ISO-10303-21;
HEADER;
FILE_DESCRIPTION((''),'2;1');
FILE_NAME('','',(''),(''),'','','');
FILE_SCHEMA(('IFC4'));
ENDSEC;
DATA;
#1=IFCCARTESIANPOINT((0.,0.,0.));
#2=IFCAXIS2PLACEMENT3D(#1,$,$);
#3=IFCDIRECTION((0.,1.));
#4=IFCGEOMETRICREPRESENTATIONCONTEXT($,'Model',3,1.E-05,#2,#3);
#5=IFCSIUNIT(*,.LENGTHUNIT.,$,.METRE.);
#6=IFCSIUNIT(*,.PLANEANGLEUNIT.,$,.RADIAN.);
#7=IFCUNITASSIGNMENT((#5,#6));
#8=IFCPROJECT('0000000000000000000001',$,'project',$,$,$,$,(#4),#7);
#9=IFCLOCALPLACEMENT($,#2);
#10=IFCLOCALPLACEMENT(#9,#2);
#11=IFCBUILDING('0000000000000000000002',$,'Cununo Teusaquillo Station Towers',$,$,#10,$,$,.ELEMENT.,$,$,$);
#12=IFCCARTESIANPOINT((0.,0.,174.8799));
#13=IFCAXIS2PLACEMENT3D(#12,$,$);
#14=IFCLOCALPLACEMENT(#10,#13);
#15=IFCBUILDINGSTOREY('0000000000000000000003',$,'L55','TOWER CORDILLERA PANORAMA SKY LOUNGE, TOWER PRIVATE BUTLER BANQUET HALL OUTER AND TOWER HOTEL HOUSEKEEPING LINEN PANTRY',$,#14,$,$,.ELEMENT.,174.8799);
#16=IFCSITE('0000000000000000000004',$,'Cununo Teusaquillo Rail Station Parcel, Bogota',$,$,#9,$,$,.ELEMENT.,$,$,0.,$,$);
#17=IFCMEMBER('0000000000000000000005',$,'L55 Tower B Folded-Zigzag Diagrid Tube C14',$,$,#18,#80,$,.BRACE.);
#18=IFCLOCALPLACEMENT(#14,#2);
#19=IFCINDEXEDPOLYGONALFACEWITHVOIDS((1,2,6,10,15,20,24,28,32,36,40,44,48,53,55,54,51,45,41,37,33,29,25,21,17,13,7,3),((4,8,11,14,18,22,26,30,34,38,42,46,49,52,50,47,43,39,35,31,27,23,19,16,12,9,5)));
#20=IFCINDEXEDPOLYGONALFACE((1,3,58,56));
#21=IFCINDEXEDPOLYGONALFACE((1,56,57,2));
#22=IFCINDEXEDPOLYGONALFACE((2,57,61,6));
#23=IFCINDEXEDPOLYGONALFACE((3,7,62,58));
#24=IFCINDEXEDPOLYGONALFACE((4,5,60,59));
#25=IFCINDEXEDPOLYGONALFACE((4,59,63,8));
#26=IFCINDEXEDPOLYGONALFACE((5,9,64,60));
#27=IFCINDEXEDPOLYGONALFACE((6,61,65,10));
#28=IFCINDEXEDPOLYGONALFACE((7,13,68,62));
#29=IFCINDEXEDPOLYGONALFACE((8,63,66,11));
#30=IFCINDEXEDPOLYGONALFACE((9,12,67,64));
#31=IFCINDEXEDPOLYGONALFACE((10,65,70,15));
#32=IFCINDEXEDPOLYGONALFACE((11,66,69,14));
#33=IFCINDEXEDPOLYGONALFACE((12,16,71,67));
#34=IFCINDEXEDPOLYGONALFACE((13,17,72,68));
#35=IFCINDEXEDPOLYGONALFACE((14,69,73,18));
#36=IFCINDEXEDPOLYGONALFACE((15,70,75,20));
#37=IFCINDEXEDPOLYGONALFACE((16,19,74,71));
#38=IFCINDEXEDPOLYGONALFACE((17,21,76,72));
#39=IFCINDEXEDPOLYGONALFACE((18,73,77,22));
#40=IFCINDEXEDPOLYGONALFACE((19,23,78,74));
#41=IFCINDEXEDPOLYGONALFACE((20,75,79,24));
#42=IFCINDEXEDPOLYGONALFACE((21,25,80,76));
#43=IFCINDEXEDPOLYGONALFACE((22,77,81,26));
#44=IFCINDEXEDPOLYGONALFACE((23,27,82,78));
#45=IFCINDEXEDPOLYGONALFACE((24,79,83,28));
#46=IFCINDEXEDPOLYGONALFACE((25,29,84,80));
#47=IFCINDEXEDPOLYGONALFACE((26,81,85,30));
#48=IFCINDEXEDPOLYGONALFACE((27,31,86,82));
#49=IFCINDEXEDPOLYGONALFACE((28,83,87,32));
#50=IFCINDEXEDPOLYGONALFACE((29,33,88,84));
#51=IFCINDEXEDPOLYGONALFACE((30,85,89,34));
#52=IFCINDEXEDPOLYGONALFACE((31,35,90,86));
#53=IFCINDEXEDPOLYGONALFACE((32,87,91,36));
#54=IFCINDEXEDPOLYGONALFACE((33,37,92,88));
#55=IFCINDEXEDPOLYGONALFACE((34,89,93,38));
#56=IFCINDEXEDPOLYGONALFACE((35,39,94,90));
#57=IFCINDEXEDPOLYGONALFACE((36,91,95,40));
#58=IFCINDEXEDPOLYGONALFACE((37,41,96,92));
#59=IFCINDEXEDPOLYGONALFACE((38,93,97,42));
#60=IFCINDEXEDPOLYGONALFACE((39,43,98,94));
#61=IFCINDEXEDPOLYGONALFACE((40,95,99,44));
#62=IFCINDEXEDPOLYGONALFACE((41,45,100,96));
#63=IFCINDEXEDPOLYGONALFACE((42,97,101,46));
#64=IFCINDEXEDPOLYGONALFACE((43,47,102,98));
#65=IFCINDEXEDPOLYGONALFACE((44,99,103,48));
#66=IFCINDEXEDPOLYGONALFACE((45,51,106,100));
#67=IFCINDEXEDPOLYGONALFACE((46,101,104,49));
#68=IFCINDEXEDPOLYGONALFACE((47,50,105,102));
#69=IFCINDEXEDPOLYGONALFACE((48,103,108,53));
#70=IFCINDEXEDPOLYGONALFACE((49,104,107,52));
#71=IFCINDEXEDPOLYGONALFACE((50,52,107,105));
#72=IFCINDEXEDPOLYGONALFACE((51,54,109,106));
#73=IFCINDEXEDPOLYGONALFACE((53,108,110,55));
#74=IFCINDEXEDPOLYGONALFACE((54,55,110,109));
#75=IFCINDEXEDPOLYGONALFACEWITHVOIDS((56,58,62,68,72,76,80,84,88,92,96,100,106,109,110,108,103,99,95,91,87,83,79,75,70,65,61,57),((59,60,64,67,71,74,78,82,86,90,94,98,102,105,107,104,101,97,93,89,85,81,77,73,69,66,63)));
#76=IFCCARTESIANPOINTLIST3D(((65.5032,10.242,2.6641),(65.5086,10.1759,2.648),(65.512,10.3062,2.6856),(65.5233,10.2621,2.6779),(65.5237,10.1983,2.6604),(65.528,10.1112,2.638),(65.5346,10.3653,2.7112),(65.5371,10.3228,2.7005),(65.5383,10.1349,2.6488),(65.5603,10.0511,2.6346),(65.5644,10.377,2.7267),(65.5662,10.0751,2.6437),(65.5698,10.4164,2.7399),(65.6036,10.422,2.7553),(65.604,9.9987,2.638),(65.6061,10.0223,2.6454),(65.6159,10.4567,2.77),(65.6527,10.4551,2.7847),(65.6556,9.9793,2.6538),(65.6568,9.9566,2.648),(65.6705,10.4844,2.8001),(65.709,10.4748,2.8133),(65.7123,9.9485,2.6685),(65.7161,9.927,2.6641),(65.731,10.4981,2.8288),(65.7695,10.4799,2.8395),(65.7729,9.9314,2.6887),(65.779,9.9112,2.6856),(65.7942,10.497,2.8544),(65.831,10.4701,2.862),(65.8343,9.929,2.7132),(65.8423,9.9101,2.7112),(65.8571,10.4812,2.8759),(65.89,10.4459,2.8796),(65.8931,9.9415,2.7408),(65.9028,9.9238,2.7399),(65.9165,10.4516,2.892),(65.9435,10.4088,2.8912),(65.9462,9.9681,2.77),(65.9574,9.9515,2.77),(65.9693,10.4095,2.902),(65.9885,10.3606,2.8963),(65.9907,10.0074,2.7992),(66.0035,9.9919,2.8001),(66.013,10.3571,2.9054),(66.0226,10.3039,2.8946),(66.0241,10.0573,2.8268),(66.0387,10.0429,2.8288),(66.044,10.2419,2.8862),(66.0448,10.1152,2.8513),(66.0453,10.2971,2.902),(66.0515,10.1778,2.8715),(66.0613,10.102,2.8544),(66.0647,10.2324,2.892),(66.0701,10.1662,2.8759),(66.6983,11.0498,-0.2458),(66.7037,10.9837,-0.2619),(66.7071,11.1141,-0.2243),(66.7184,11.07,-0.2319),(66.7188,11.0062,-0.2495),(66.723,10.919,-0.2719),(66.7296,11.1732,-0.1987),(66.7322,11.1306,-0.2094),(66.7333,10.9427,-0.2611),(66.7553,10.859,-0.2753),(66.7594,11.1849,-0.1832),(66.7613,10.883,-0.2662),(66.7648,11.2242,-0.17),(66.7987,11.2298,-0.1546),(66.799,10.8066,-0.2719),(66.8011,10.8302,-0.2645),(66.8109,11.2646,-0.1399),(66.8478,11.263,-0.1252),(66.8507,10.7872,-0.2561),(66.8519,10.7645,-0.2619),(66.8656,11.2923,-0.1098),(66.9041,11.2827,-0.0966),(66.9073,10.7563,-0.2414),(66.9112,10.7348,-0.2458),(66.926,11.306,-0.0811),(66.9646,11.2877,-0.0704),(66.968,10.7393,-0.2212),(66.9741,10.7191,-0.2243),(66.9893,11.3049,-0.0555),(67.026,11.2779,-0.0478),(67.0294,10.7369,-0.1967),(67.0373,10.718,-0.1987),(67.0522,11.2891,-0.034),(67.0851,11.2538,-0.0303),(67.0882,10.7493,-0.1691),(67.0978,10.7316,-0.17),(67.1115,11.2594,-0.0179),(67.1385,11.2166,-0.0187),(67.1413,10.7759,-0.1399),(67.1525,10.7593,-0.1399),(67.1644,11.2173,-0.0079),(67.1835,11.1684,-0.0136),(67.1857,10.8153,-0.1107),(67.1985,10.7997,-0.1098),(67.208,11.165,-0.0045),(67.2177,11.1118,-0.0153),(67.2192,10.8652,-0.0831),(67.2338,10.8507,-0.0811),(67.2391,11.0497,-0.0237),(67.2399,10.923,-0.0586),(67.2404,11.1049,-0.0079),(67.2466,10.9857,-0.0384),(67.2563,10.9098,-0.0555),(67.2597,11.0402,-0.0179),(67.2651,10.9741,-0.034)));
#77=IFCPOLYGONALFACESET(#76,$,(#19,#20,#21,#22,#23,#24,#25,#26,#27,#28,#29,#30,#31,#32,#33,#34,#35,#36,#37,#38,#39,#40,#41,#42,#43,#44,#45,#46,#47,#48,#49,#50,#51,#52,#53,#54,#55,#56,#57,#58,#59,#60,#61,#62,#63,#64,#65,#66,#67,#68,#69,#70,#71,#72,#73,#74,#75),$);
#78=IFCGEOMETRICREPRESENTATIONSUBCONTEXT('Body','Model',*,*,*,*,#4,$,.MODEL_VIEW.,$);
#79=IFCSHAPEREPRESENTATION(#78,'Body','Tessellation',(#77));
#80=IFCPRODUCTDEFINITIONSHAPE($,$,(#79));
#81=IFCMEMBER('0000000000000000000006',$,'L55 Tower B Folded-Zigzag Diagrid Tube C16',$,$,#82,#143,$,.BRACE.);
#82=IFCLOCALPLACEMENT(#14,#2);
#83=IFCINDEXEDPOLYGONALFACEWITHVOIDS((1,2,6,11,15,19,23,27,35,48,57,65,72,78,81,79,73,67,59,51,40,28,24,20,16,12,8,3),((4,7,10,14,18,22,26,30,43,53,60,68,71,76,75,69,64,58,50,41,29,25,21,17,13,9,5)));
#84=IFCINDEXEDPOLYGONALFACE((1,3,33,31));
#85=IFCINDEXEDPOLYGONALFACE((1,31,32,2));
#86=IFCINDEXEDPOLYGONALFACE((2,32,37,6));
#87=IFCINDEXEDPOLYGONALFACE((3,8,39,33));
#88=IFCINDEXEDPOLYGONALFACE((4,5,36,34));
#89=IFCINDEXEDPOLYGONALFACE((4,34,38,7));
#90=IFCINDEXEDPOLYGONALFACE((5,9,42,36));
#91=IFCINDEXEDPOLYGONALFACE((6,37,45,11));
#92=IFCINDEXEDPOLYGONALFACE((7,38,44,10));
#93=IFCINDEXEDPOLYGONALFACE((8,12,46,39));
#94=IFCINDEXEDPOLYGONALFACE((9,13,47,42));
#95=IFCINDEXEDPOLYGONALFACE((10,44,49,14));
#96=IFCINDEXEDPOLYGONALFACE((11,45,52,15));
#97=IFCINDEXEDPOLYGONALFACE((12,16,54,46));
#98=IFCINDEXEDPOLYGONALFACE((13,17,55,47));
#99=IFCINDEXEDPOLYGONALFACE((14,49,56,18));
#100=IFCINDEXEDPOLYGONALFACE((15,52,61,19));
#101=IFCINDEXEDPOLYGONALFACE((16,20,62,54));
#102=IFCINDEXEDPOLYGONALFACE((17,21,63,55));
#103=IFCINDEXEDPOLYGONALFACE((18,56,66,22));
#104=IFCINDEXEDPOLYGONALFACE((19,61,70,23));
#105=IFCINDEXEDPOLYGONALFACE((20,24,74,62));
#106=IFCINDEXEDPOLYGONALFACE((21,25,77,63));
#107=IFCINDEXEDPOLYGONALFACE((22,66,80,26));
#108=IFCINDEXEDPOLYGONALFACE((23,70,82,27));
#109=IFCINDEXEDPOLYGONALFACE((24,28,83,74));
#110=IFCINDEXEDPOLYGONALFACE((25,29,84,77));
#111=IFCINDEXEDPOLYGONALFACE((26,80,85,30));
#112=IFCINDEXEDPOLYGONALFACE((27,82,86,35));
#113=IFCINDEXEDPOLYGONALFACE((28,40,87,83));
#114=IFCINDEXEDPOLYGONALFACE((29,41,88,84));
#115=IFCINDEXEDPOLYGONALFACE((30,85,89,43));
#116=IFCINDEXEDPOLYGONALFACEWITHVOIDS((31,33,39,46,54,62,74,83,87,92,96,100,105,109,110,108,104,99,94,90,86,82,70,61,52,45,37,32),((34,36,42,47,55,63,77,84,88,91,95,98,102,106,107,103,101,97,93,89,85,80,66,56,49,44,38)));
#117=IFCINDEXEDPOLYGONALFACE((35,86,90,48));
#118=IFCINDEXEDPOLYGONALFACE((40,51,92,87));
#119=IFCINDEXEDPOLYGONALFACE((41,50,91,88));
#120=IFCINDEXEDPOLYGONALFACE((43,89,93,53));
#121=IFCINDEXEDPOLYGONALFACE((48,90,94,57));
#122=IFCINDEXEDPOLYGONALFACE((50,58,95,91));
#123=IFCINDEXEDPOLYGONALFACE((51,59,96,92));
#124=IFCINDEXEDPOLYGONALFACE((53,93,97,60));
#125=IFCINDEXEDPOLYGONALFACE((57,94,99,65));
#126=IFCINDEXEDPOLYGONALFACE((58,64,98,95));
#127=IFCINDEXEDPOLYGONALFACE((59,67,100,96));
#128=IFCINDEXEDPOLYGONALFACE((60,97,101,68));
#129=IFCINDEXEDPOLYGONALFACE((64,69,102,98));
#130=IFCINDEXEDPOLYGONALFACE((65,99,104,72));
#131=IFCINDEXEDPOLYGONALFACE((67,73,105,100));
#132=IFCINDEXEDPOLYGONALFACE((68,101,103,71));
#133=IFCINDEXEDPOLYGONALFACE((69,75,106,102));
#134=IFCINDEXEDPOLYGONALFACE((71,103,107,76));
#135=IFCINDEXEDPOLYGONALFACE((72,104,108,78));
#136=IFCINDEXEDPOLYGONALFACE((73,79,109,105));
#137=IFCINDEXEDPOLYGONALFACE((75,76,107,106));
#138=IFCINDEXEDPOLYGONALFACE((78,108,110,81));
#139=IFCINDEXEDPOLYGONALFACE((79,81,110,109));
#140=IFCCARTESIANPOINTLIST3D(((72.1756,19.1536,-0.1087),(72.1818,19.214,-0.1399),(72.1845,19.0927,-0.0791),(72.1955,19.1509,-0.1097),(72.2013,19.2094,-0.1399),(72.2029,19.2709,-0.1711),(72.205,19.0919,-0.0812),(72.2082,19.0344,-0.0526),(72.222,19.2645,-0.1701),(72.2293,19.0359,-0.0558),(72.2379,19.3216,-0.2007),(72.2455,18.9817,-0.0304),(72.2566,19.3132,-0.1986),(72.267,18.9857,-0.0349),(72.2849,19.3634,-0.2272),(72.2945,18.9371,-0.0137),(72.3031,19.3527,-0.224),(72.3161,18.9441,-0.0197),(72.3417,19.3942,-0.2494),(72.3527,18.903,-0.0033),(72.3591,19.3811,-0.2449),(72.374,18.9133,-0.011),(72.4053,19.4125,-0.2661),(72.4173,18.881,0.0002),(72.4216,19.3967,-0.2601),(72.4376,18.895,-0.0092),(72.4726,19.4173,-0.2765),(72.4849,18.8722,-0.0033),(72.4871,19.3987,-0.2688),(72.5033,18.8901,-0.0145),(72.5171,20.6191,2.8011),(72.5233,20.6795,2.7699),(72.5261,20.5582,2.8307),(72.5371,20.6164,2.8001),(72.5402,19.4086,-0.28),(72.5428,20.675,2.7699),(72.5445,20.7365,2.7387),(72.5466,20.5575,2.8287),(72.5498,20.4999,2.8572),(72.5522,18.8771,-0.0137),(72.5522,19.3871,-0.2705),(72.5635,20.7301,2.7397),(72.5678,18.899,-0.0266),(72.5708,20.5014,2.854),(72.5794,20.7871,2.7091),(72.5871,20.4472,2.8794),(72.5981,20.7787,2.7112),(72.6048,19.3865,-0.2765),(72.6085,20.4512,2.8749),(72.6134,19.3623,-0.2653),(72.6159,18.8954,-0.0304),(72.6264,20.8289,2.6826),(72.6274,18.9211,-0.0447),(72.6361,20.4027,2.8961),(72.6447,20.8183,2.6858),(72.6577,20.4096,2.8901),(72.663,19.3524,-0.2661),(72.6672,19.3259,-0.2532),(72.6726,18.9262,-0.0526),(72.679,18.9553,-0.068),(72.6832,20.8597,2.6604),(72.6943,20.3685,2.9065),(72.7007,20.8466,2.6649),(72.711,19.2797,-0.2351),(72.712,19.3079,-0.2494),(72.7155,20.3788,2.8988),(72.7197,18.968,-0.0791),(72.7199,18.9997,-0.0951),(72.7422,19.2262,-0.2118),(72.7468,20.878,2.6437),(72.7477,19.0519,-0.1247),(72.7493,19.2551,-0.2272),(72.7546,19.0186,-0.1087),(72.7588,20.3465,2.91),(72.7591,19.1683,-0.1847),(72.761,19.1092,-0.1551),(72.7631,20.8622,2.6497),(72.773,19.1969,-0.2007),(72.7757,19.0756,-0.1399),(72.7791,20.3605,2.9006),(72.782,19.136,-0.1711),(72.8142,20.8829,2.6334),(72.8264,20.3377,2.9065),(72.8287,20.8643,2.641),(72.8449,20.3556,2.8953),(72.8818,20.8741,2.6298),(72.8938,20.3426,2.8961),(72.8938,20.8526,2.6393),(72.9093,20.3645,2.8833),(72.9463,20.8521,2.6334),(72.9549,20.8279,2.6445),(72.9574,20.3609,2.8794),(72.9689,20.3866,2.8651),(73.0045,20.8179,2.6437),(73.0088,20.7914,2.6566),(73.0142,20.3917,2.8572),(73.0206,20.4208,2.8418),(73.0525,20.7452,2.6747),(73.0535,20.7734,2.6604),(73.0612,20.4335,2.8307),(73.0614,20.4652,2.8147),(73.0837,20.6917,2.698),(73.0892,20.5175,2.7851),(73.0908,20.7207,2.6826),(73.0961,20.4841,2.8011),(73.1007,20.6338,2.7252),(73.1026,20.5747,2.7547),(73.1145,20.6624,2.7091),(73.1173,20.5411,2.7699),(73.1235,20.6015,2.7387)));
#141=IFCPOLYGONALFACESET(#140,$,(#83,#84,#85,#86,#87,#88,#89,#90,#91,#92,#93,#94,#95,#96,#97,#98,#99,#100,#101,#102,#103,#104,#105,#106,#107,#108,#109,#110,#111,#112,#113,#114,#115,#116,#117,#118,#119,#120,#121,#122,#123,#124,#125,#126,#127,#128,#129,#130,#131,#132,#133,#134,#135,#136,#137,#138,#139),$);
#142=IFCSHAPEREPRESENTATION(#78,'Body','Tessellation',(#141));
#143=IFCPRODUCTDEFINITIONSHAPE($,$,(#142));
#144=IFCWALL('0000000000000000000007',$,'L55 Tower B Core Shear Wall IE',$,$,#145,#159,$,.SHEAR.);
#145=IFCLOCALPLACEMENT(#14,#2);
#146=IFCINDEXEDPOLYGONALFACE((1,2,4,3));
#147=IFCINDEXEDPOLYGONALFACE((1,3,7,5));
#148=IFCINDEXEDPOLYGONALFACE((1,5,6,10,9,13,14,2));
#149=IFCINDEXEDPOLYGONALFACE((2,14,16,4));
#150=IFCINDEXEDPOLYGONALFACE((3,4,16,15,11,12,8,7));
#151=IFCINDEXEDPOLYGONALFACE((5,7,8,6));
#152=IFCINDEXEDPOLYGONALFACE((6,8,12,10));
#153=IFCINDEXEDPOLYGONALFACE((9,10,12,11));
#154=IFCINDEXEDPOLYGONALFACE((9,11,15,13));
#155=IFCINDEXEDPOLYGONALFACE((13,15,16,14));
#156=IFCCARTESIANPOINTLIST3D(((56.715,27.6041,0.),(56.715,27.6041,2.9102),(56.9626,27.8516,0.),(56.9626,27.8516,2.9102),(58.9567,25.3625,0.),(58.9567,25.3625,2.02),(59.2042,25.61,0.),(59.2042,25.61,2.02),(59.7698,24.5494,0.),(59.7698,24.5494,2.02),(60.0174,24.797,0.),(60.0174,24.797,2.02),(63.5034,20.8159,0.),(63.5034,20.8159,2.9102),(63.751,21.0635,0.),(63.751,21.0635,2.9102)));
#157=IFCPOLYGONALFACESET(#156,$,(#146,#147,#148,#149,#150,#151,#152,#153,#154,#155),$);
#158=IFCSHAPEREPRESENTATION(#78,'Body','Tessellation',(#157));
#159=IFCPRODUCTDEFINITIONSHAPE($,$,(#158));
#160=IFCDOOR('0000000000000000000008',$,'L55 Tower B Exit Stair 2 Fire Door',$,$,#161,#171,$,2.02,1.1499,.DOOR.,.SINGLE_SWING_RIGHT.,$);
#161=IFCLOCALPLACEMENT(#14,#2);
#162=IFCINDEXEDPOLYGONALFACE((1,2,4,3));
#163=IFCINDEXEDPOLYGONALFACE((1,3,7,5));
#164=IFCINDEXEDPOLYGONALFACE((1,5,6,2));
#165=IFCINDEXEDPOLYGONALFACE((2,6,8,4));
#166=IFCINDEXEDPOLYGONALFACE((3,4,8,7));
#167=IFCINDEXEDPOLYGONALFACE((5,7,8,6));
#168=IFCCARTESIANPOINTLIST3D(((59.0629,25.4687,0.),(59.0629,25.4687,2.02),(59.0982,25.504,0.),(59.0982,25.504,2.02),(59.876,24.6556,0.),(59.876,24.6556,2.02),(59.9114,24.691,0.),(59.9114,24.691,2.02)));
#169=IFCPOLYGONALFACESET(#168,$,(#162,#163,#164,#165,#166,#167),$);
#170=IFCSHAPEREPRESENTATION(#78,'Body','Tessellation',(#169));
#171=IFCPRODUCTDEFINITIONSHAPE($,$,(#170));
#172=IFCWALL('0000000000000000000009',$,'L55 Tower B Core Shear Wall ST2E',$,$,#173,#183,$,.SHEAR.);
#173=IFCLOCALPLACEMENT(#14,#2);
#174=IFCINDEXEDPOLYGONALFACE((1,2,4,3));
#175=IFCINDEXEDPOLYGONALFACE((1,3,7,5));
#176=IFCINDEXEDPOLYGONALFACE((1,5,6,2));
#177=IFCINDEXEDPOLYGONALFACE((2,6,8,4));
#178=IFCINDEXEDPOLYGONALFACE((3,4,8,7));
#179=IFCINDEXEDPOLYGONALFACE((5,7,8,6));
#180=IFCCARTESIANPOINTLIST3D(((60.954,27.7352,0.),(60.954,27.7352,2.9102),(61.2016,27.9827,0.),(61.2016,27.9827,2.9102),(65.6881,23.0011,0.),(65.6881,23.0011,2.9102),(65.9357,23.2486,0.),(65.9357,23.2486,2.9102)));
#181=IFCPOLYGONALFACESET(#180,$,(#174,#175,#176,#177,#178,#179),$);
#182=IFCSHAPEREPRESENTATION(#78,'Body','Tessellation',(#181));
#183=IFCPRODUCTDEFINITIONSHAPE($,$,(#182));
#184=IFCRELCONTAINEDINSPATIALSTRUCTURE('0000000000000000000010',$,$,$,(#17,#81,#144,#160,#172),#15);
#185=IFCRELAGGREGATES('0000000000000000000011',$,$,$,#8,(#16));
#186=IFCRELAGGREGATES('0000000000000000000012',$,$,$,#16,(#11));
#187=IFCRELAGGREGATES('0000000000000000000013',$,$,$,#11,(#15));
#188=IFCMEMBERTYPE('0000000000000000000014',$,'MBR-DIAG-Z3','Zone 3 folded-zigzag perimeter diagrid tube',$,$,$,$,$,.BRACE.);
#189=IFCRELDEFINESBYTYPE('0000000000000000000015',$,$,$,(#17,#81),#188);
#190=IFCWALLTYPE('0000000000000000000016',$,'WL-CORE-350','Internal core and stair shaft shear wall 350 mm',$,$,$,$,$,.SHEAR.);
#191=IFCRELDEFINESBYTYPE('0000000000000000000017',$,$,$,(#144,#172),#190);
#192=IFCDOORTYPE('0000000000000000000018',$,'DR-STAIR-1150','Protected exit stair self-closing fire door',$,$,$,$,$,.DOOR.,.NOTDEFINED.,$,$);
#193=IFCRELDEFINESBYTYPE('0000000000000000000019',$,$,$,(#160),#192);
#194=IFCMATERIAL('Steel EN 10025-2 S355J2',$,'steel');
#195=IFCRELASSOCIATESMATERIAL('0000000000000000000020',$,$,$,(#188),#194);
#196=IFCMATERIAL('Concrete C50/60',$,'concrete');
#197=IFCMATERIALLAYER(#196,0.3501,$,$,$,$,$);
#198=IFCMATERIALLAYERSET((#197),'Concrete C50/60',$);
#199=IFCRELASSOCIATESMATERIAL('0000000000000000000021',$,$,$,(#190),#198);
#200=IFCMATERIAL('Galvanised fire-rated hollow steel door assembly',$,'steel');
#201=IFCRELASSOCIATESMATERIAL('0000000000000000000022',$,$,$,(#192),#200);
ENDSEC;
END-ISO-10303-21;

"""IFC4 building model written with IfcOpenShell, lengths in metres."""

from ifc_helpers import new_model, si_unit, direction, frame, frame_2d, origin, origin_2d, place, context, subcontext, project, spatial, rectangle, hollow_circle, extrude, source, transform, mapped, material, layer, layer_set, material_profile, profile_set, type_object, element, fill, save


model = new_model("IFC4")

# Units and contexts
model_context = context("Model", 3, precision=1e-05, world=origin(), true_north=direction((0.0, 1.0)))
body_context = subcontext(model_context, "Body", "Model", "MODEL_VIEW")
ifc_project = project(units=[si_unit("LENGTHUNIT", "METRE"), si_unit("PLANEANGLEUNIT", "RADIAN")], contexts=[model_context])

# Site, building, storey
site_placement = place(None, origin())
site = spatial("IfcSite", under=ifc_project, at=site_placement, Name="Cununo Teusaquillo Rail Station Parcel, Bogota", CompositionType="ELEMENT", RefElevation=0.0)
building_placement = place(site_placement, origin())
building = spatial("IfcBuilding", under=site, at=building_placement, Name="Cununo Teusaquillo Station Towers", CompositionType="ELEMENT")
storey_placement = place(building_placement, frame((0.0, 0.0, 174.8799)))
storey = spatial("IfcBuildingStorey", under=building, at=storey_placement, Name="L55", Description="TOWER CORDILLERA PANORAMA SKY LOUNGE, TOWER PRIVATE BUTLER BANQUET HALL OUTER AND TOWER HOTEL HOUSEKEEPING LINEN PANTRY", CompositionType="ELEMENT", Elevation=174.8799)

# Members
ifc_material_1 = material(Name="Steel EN 10025-2 S355J2", Category="steel")
ifc_material_profile_1 = material_profile(ifc_material_1, hollow_circle(Radius=0.3049, WallThickness=0.02, at=origin_2d()), Name="CHS 610x20")
ifc_profile_set_1 = profile_set([ifc_material_profile_1], Name="Steel EN 10025-2 S355J2")
member_type = type_object("IfcMemberType", Name="MBR-DIAG-Z3", Description="Zone 3 folded-zigzag perimeter diagrid tube", PredefinedType="BRACE", material=ifc_profile_set_1)
member_1_placement = place(storey_placement, frame((66.9817, 11.012, -0.1399), z_axis=(-0.367959, -0.248739, 0.895955), x_axis=(0.56004, -0.828466, 0.0)))
element("IfcMember", 1, at=member_1_placement, inside=storey, type_object=member_type, Name="L55 Tower B Folded-Zigzag Diagrid Tube C14", PredefinedType="BRACE", context=body_context, shape_type="SweptSolid", body=[
    extrude(hollow_circle(Radius=0.3049, WallThickness=0.02, at=origin_2d()), origin(), (0.0, 0.0, 1.0), 3.2478),
])
member_2_placement = place(storey_placement, frame((72.4788, 19.1448, -0.1399), z_axis=(0.104259, 0.447368, 0.888252), x_axis=(-0.973902, 0.226968, 0.0)))
element("IfcMember", 2, at=member_2_placement, inside=storey, type_object=member_type, Name="L55 Tower B Folded-Zigzag Diagrid Tube C16", PredefinedType="BRACE", context=body_context, shape_type="SweptSolid", body=[
    extrude(hollow_circle(Radius=0.3049, WallThickness=0.02, at=origin_2d()), origin(), (0.0, 0.0, 1.0), 3.2759),
])

# Wall, opening, door
ifc_material_2 = material(Name="Concrete C50/60", Category="concrete")
ifc_layer_1 = layer(ifc_material_2, 0.3501)
ifc_layer_set_1 = layer_set([ifc_layer_1], Name="Concrete C50/60")
wall_type_1 = type_object("IfcWallType", Name="WL-CORE-350", Description="Internal core and stair shaft shear wall 350 mm", PredefinedType="SHEAR", material=ifc_layer_set_1)
wall_1_placement = place(storey_placement, frame((63.6272, 20.9397, 0.0), z_axis=(0.0, 0.0, 1.0), x_axis=(-0.707119, 0.707094, 0.0)))
wall_1 = element("IfcWall", 3, at=wall_1_placement, inside=storey, type_object=wall_type_1, Name="L55 Tower B Core Shear Wall IE", PredefinedType="SHEAR", context=body_context, shape_type="SweptSolid", body=[
    extrude(rectangle(XDim=9.6001, YDim=0.3501, at=frame_2d((4.8, 0.0))), origin(), (0.0, 0.0, 1.0), 2.9102),
])
shared_shape_1 = source(origin(), body_context, "Body", "SweptSolid", [
    extrude(rectangle(XDim=1.1499, YDim=2.02, at=frame_2d((0.575, 1.01))), frame((0.0, 0.1851, 0.0), z_axis=(0.0, -1.0, 0.0), x_axis=(1.0, 0.0, 0.0)), (0.0, 0.0, 1.0), 0.3701),
])
opening_1_placement = place(wall_1_placement, frame((5.28, 0.0, 0.0)))
opening_1 = element("IfcOpeningElement", 4, at=opening_1_placement, cuts=wall_1, PredefinedType="OPENING", context=body_context, shape_type="MappedRepresentation", body=[
    mapped(shared_shape_1, transform((0.0, 0.0, 0.0), x_axis=(1.0, 0.0, 0.0), y_axis=(0.0, 1.0, 0.0), z_axis=(0.0, 0.0, 1.0), scale=1.0)),
])
ifc_material_3 = material(Name="Galvanised fire-rated hollow steel door assembly", Category="steel")
door_type_1 = type_object("IfcDoorType", Name="DR-STAIR-1150", Description="Protected exit stair self-closing fire door", OperationType="NOTDEFINED", PredefinedType="DOOR", material=ifc_material_3)
shared_shape_2 = source(origin(), body_context, "Body", "SweptSolid", [
    extrude(rectangle(XDim=1.1499, YDim=2.02, at=frame_2d((0.575, 1.01))), frame((0.0, 0.0249, 0.0), z_axis=(0.0, -1.0, 0.0), x_axis=(1.0, 0.0, 0.0)), (0.0, 0.0, 1.0), 0.05),
])
door_1_placement = place(opening_1_placement, origin())
door_1 = element("IfcDoor", 5, at=door_1_placement, inside=storey, type_object=door_type_1, Name="L55 Tower B Exit Stair 2 Fire Door", OperationType="SINGLE_SWING_RIGHT", OverallHeight=2.02, OverallWidth=1.1499, PredefinedType="DOOR", context=body_context, shape_type="MappedRepresentation", body=[
    mapped(shared_shape_2, transform((0.0, 0.0, 0.0), x_axis=(1.0, 0.0, 0.0), y_axis=(0.0, 1.0, 0.0), z_axis=(0.0, 0.0, 1.0), scale=1.0)),
])
fill(opening_1, door_1)

# Wall
wall_2_placement = place(storey_placement, frame((65.812, 23.1248, 0.0), z_axis=(0.0, 0.0, 1.0), x_axis=(-0.707107, 0.707107, 0.0)))
element("IfcWall", 6, at=wall_2_placement, inside=storey, type_object=wall_type_1, Name="L55 Tower B Core Shear Wall ST2E", PredefinedType="SHEAR", context=body_context, shape_type="SweptSolid", body=[
    extrude(rectangle(XDim=6.6951, YDim=0.3501, at=frame_2d((3.3477, 0.0))), origin(), (0.0, 0.0, 1.0), 2.9102),
])

save(model, "model.ifc")
